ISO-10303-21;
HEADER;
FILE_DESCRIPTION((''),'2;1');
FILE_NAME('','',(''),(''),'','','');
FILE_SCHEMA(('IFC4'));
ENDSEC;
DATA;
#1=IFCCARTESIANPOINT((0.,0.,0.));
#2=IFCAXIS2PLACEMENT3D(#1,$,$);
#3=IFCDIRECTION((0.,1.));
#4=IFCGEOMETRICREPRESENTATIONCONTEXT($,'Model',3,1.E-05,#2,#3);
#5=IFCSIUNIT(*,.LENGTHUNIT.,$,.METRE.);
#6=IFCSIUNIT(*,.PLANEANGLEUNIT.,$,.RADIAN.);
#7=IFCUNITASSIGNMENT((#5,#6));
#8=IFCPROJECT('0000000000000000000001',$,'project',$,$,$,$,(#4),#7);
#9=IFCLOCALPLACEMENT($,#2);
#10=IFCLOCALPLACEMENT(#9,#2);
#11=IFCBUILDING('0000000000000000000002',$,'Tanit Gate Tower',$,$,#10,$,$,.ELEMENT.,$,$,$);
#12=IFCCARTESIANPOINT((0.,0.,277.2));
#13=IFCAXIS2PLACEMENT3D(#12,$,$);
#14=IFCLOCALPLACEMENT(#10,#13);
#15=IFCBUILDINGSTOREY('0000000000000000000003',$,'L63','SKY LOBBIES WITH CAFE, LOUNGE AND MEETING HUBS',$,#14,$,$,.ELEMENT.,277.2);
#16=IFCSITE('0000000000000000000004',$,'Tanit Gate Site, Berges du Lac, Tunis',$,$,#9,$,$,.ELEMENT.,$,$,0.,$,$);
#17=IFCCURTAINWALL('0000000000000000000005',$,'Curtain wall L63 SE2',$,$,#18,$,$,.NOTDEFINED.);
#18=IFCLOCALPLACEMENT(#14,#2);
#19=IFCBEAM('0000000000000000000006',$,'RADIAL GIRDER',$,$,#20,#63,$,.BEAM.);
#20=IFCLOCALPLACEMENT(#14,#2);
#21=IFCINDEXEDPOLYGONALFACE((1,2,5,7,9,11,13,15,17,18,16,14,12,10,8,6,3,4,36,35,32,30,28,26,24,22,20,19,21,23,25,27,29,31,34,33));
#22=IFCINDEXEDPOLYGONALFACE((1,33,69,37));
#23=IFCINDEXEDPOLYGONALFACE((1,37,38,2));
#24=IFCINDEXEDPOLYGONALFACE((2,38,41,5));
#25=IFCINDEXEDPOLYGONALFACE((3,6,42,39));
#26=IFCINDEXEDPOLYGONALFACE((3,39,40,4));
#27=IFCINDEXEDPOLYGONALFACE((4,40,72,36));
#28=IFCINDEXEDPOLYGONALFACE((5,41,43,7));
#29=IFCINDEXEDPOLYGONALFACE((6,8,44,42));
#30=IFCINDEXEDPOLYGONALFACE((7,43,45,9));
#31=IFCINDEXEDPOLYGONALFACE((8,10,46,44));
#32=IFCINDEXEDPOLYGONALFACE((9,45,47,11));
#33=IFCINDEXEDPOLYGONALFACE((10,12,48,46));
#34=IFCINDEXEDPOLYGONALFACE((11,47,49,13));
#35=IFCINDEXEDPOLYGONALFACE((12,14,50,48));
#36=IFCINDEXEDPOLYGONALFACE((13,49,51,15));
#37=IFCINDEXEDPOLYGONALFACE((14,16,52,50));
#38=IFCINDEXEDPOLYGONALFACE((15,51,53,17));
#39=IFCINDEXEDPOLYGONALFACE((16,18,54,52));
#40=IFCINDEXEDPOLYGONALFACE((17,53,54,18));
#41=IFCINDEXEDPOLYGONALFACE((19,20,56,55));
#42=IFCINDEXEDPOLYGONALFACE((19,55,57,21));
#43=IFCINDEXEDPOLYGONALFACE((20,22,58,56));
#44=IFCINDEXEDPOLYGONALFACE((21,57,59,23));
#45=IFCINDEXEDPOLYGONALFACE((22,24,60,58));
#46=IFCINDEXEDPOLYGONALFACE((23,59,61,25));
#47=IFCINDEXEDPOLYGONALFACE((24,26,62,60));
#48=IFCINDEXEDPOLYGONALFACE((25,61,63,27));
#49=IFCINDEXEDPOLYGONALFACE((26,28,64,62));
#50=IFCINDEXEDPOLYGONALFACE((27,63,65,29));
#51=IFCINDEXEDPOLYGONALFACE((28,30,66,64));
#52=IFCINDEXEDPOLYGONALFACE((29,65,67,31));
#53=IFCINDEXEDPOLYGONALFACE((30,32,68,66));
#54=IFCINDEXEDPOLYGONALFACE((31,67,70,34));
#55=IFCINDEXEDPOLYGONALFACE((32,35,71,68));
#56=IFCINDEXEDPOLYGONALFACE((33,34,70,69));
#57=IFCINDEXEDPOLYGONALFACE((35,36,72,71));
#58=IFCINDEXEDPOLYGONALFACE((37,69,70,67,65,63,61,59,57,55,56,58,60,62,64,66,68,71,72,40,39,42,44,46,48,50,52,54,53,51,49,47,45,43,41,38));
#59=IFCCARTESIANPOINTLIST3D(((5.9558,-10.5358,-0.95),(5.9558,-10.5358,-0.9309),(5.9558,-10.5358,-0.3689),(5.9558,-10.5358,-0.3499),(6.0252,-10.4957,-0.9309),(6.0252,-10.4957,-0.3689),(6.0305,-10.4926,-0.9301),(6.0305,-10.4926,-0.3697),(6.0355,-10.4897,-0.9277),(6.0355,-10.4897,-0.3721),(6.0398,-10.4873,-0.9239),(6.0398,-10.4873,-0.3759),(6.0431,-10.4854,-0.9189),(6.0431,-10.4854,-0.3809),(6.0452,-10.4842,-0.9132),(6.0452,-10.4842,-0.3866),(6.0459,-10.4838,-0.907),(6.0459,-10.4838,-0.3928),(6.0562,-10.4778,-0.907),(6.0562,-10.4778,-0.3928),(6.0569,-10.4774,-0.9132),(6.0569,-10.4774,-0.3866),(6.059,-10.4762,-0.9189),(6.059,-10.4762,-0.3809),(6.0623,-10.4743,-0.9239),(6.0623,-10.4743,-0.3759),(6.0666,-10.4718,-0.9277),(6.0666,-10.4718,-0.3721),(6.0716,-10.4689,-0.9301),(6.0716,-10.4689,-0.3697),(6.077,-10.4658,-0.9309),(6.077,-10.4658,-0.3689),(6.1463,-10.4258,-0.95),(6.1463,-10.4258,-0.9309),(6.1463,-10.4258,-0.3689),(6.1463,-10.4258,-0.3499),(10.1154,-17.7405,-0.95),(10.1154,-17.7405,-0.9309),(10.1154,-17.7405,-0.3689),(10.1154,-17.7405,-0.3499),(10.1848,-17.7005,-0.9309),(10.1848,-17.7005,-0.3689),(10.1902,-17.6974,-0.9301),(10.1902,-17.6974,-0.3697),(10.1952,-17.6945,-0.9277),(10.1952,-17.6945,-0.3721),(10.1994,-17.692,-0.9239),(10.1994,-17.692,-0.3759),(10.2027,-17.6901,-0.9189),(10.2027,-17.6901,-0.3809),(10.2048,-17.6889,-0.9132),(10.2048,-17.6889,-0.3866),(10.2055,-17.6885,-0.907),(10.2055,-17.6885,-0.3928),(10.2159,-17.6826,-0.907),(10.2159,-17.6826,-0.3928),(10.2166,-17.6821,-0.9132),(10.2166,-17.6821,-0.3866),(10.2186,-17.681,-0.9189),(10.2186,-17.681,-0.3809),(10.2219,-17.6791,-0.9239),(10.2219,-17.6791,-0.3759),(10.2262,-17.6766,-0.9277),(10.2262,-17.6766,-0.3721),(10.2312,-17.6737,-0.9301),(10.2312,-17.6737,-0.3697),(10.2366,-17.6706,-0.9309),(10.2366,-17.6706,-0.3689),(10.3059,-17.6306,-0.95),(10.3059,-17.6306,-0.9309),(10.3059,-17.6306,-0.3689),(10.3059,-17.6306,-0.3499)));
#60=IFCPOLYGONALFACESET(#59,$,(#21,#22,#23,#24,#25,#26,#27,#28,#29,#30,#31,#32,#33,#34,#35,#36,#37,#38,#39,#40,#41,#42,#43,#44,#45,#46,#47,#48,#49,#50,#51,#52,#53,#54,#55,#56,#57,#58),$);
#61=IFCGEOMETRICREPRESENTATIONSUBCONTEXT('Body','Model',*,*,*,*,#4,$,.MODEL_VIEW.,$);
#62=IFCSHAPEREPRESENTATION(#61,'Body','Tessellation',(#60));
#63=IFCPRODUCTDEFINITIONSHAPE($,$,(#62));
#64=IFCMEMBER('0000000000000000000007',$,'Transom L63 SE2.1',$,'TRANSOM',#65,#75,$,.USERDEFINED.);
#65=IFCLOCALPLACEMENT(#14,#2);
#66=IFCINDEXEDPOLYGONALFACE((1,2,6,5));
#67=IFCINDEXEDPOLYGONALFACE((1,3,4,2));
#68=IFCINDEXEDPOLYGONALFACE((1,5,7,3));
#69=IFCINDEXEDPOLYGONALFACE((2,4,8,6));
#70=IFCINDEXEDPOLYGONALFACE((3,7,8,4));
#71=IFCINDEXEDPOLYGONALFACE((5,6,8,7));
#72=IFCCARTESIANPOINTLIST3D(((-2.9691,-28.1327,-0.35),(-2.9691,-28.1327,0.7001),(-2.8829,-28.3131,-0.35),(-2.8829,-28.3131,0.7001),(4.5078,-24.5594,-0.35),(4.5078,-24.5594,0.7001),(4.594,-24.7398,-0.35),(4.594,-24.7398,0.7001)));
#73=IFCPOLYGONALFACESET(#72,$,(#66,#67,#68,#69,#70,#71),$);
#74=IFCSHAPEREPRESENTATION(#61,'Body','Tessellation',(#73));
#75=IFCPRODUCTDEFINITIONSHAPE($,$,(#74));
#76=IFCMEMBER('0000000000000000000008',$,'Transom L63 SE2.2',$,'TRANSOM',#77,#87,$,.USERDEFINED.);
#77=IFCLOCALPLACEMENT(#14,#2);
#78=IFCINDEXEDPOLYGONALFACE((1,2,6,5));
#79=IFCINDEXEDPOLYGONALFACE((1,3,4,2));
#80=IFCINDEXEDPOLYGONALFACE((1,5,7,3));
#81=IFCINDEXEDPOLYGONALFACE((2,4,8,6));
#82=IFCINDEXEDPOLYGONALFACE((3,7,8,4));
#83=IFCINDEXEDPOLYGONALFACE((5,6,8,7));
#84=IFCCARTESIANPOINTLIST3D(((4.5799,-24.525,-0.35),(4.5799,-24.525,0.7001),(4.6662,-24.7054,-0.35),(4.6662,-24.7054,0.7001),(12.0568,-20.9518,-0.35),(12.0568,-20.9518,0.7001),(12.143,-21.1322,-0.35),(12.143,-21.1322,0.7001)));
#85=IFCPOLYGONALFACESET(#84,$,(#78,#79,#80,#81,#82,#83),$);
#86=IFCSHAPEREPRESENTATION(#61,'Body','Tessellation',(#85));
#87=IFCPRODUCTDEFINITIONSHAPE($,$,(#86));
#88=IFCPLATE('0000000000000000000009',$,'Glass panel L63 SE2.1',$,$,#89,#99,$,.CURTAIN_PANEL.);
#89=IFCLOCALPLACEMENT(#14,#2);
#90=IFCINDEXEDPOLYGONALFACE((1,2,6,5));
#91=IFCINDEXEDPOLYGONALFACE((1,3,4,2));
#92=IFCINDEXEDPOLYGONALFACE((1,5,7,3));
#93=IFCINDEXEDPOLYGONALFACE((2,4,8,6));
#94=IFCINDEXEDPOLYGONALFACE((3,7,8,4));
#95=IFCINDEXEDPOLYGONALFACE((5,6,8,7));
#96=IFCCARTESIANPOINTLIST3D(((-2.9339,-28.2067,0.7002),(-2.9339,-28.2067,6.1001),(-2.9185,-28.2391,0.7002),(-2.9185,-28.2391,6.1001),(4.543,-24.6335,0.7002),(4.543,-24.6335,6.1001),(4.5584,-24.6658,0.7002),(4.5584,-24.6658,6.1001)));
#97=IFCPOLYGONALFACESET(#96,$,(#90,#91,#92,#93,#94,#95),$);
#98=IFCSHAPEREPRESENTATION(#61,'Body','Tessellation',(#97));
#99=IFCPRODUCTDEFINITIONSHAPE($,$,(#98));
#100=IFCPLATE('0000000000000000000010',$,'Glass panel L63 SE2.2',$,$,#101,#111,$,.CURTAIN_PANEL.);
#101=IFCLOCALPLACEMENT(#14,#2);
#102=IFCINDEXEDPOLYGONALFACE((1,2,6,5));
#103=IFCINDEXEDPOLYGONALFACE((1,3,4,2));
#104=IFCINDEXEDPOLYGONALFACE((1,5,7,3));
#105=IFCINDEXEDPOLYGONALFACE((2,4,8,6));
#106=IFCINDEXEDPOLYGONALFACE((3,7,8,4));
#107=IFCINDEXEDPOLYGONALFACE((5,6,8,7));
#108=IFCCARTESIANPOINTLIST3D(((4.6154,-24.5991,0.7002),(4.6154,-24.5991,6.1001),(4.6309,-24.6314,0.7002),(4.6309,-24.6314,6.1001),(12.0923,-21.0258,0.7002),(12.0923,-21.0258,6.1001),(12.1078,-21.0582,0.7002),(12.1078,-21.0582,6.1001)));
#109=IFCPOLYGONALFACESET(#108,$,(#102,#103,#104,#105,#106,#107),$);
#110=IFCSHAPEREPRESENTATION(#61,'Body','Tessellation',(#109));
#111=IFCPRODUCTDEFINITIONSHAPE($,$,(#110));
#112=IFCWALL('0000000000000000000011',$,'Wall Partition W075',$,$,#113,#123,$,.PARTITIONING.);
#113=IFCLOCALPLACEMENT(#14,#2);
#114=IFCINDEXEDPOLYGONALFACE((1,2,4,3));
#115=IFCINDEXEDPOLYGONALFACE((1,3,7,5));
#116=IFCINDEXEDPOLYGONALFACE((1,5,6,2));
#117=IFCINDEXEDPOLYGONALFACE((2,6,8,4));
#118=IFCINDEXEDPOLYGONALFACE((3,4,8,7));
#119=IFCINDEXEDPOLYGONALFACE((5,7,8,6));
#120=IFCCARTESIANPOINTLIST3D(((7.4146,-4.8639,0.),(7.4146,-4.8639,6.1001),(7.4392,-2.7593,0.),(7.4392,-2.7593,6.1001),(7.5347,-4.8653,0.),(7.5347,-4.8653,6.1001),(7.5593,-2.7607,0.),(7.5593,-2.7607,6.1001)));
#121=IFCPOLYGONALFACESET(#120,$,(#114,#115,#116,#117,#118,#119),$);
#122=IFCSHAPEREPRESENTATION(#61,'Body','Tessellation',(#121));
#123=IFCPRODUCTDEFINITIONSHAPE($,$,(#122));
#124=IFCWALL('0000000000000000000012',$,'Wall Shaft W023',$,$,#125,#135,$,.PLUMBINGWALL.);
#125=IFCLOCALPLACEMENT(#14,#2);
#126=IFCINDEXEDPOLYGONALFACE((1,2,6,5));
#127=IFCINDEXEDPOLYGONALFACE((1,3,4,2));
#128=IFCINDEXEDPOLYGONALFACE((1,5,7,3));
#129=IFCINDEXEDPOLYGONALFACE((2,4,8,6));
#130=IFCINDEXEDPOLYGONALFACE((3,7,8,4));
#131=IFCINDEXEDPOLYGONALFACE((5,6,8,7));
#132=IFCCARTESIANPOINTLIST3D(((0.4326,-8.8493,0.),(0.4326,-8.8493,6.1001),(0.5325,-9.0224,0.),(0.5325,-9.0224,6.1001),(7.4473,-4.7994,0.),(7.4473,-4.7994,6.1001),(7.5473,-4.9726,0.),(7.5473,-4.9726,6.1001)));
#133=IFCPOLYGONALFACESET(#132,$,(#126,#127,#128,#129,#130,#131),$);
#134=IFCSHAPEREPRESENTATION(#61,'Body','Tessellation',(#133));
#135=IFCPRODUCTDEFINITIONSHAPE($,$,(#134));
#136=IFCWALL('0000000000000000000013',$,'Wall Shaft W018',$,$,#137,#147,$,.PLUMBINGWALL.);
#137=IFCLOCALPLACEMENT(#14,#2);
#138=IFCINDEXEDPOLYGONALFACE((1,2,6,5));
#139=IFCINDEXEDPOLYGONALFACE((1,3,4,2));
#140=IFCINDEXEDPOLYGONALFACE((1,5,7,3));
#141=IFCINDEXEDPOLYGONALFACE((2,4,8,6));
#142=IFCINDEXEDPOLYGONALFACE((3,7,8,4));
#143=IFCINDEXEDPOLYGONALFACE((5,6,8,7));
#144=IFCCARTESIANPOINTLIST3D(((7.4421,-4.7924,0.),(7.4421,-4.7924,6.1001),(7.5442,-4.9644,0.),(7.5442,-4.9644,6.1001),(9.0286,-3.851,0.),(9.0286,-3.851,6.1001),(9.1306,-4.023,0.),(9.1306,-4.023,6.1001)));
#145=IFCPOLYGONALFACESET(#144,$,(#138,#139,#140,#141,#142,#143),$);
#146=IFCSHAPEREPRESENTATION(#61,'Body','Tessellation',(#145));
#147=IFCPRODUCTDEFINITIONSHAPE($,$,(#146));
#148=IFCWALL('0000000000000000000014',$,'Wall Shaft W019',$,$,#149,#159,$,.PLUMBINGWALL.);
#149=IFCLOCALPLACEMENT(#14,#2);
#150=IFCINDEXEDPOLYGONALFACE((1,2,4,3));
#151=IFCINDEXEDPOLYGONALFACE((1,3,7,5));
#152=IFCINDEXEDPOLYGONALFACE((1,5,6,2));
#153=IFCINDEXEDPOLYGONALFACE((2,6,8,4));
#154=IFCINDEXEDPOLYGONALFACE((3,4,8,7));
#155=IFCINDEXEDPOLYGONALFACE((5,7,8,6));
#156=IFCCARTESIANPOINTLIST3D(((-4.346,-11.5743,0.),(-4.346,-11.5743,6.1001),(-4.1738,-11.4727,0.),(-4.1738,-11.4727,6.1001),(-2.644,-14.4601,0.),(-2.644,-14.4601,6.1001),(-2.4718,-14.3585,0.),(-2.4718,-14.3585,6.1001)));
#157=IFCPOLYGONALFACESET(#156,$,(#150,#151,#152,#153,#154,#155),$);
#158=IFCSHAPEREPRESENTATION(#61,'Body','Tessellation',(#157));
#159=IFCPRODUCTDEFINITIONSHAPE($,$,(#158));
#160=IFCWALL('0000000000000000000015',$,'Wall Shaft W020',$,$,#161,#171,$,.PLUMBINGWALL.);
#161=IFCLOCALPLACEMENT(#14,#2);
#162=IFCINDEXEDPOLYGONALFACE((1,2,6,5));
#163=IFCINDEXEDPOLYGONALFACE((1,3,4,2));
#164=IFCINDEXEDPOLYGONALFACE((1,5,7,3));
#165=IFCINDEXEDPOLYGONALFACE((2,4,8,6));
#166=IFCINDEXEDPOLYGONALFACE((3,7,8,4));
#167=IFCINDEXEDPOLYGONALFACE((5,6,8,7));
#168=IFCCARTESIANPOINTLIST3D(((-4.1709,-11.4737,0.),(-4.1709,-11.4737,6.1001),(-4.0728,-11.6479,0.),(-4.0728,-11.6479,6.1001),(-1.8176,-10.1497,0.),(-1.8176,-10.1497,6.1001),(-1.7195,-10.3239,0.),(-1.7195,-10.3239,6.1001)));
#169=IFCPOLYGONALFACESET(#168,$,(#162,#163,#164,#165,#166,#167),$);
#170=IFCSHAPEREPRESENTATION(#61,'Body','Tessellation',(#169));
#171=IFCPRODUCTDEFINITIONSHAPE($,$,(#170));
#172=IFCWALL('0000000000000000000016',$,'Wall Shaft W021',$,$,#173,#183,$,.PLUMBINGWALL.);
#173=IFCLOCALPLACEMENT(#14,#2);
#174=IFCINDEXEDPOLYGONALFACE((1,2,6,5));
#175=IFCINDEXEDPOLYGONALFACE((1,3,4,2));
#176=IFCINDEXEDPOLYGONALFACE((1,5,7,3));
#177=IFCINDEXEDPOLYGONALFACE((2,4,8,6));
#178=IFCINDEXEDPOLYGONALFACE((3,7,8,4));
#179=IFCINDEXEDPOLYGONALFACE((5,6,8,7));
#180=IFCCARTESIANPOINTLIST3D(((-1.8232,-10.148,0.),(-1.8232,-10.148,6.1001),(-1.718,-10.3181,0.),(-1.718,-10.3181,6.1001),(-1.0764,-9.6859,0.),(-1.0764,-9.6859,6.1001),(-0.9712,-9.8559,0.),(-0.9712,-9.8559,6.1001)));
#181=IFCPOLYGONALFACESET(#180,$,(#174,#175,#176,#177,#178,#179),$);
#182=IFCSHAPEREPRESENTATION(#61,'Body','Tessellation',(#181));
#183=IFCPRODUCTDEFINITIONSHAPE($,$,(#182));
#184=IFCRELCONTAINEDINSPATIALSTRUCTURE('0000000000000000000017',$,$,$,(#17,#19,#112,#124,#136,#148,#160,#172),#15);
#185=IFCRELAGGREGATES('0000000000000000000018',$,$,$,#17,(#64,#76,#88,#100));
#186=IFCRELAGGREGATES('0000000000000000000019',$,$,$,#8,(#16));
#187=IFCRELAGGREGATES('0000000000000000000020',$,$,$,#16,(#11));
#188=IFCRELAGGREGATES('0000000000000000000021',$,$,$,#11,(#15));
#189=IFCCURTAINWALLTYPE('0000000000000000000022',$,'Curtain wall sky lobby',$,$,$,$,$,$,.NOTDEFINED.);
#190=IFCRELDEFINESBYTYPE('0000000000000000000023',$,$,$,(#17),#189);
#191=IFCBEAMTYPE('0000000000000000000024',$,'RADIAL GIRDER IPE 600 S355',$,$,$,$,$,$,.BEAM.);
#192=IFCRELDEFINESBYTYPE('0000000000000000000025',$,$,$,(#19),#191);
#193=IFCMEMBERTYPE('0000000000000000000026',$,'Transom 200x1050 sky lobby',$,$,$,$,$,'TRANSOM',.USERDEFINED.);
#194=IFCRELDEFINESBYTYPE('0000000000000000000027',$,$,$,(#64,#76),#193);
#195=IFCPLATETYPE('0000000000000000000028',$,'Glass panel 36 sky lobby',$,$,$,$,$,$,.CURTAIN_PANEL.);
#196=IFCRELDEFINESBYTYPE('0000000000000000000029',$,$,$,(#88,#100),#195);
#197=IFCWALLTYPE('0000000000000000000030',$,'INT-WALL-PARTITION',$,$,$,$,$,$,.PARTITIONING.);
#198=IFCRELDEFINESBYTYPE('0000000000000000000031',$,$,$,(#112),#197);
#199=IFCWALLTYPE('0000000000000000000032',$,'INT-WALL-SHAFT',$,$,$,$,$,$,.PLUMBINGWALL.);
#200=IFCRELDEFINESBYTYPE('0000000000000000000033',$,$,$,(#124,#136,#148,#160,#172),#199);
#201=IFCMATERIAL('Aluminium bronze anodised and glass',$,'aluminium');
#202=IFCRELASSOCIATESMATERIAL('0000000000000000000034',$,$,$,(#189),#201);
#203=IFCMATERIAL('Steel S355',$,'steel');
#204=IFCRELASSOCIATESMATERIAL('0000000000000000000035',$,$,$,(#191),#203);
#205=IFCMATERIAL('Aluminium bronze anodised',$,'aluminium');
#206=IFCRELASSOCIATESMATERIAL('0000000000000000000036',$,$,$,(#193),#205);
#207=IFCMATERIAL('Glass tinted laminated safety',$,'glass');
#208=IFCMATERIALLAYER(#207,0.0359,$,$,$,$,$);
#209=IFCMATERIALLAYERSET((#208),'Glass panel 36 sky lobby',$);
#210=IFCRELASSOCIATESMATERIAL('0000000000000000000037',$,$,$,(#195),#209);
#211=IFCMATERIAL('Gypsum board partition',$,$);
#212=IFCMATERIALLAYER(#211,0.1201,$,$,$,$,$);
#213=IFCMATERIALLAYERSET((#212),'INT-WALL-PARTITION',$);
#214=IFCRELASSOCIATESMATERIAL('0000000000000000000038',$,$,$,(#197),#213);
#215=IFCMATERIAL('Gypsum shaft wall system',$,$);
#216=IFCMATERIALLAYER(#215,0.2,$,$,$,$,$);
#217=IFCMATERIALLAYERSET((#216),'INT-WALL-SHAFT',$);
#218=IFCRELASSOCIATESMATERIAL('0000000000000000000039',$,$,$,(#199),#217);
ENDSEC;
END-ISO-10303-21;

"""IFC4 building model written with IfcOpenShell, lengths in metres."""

from ifc_helpers import new_model, si_unit, direction, frame, frame_2d, origin, origin_2d, place, context, subcontext, project, spatial, rectangle, i_section, extrude, material, layer, layer_set, material_profile, profile_set, type_object, element, aggregate, save


model = new_model("IFC4")

# Units and contexts
model_context = context("Model", 3, precision=1e-05, world=origin(), true_north=direction((0.0, 1.0)))
body_context = subcontext(model_context, "Body", "Model", "MODEL_VIEW")
ifc_project = project(units=[si_unit("LENGTHUNIT", "METRE"), si_unit("PLANEANGLEUNIT", "RADIAN")], contexts=[model_context])

# Site, building, storey
site_placement = place(None, origin())
site = spatial("IfcSite", under=ifc_project, at=site_placement, Name="Tanit Gate Site, Berges du Lac, Tunis", CompositionType="ELEMENT", RefElevation=0.0)
building_placement = place(site_placement, origin())
building = spatial("IfcBuilding", under=site, at=building_placement, Name="Tanit Gate Tower", CompositionType="ELEMENT")
storey_placement = place(building_placement, frame((0.0, 0.0, 277.2)))
storey = spatial("IfcBuildingStorey", under=building, at=storey_placement, Name="L63", Description="SKY LOBBIES WITH CAFE, LOUNGE AND MEETING HUBS", CompositionType="ELEMENT", Elevation=277.2)

# Shared definitions
ifc_material_1 = material(Name="Aluminium bronze anodised and glass", Category="aluminium")
curtain_wall_type = type_object("IfcCurtainWallType", Name="Curtain wall sky lobby", PredefinedType="NOTDEFINED", material=ifc_material_1)

# Curtain wall
curtain_wall_1_placement = place(storey_placement, origin())
curtain_wall_1 = element("IfcCurtainWall", 1, at=curtain_wall_1_placement, inside=storey, type_object=curtain_wall_type, Name="Curtain wall L63 SE2", PredefinedType="NOTDEFINED")

# Beam
ifc_material_2 = material(Name="Steel S355", Category="steel")
ifc_material_profile_1 = material_profile(ifc_material_2, i_section(OverallWidth=0.22, OverallDepth=0.6001, WebThickness=0.012, FlangeThickness=0.019, FilletRadius=0.0239, at=origin_2d()), Name="IPE 600")
ifc_profile_set_1 = profile_set([ifc_material_profile_1], Name="Steel S355")
beam_type = type_object("IfcBeamType", Name="RADIAL GIRDER IPE 600 S355", PredefinedType="BEAM", material=ifc_profile_set_1)
beam_1_placement = place(storey_placement, frame((10.2107, -17.6855, -0.6499), z_axis=(-0.499996, 0.866028, 0.0), x_axis=(-0.866028, -0.499996, 0.0)))
element("IfcBeam", 2, at=beam_1_placement, inside=storey, type_object=beam_type, Name="RADIAL GIRDER", PredefinedType="BEAM", context=body_context, shape_type="SweptSolid", body=[
    extrude(i_section(OverallWidth=0.22, OverallDepth=0.6001, WebThickness=0.012, FlangeThickness=0.019, FilletRadius=0.0239, at=origin_2d()), origin(), (0.0, 0.0, 1.0), 8.3193),
])

# Members
ifc_material_3 = material(Name="Aluminium bronze anodised", Category="aluminium")
ifc_material_profile_2 = material_profile(ifc_material_3, rectangle(XDim=0.2, YDim=1.05, at=origin_2d()), Name="200x1050 bronze transom")
ifc_profile_set_2 = profile_set([ifc_material_profile_2], Name="Aluminium bronze anodised")
member_type_1 = type_object("IfcMemberType", Name="Transom 200x1050 sky lobby", ElementType="TRANSOM", PredefinedType="USERDEFINED", material=ifc_profile_set_2)
member_1_placement = place(storey_placement, frame((-2.926, -28.2229, 0.175), z_axis=(0.902257, 0.431198, 0.0), x_axis=(-0.431198, 0.902257, 0.0)))
member_1 = element("IfcMember", 3, at=member_1_placement, type_object=member_type_1, Name="Transom L63 SE2.1", ObjectType="TRANSOM", PredefinedType="USERDEFINED", context=body_context, shape_type="SweptSolid", body=[
    extrude(rectangle(XDim=0.2, YDim=1.05, at=origin_2d()), origin(), (0.0, 0.0, 1.0), 8.2869),
])
member_2_placement = place(storey_placement, frame((4.623, -24.6152, 0.175), z_axis=(0.902257, 0.431198, 0.0), x_axis=(-0.431198, 0.902257, 0.0)))
member_2 = element("IfcMember", 4, at=member_2_placement, type_object=member_type_1, Name="Transom L63 SE2.2", ObjectType="TRANSOM", PredefinedType="USERDEFINED", context=body_context, shape_type="SweptSolid", body=[
    extrude(rectangle(XDim=0.2, YDim=1.05, at=origin_2d()), origin(), (0.0, 0.0, 1.0), 8.2869),
])

# Plates
ifc_material_4 = material(Name="Glass tinted laminated safety", Category="glass")
ifc_layer_1 = layer(ifc_material_4, 0.0359)
ifc_layer_set_1 = layer_set([ifc_layer_1], Name="Glass panel 36 sky lobby")
plate_type = type_object("IfcPlateType", Name="Glass panel 36 sky lobby", PredefinedType="CURTAIN_PANEL", material=ifc_layer_set_1)
plate_1_placement = place(storey_placement, frame((0.8123, -26.4363, 0.7002), z_axis=(0.0, 0.0, 1.0), x_axis=(0.902258, 0.431197, 0.0)))
plate_1 = element("IfcPlate", 5, at=plate_1_placement, type_object=plate_type, Name="Glass panel L63 SE2.1", PredefinedType="CURTAIN_PANEL", context=body_context, shape_type="SweptSolid", body=[
    extrude(rectangle(XDim=8.2869, YDim=0.0359, at=origin_2d()), origin(), (0.0, 0.0, 1.0), 5.3999),
])
plate_2_placement = place(storey_placement, frame((8.3616, -22.8286, 0.7002), z_axis=(0.0, 0.0, 1.0), x_axis=(0.902258, 0.431197, 0.0)))
plate_2 = element("IfcPlate", 6, at=plate_2_placement, type_object=plate_type, Name="Glass panel L63 SE2.2", PredefinedType="CURTAIN_PANEL", context=body_context, shape_type="SweptSolid", body=[
    extrude(rectangle(XDim=8.2869, YDim=0.0359, at=origin_2d()), origin(), (0.0, 0.0, 1.0), 5.3999),
])
aggregate(curtain_wall_1, [member_1, member_2, plate_1, plate_2])

# Walls
ifc_material_5 = material(Name="Gypsum board partition")
ifc_layer_2 = layer(ifc_material_5, 0.1201)
ifc_layer_set_2 = layer_set([ifc_layer_2], Name="INT-WALL-PARTITION")
wall_type_1 = type_object("IfcWallType", Name="INT-WALL-PARTITION", PredefinedType="PARTITIONING", material=ifc_layer_set_2)
wall_1_placement = place(storey_placement, frame((7.4746, -4.8645, 0.0), z_axis=(0.0, 0.0, 1.0), x_axis=(0.011716, 0.999931, 0.0)))
element("IfcWall", 7, at=wall_1_placement, inside=storey, type_object=wall_type_1, Name="Wall Partition W075", PredefinedType="PARTITIONING", context=body_context, shape_type="SweptSolid", body=[
    extrude(rectangle(XDim=2.1047, YDim=0.1201, at=frame_2d((1.0522, 0.0))), origin(), (0.0, 0.0, 1.0), 6.1001),
])
ifc_material_6 = material(Name="Gypsum shaft wall system")
ifc_layer_3 = layer(ifc_material_6, 0.2)
ifc_layer_set_3 = layer_set([ifc_layer_3], Name="INT-WALL-SHAFT")
wall_type_2 = type_object("IfcWallType", Name="INT-WALL-SHAFT", PredefinedType="PLUMBINGWALL", material=ifc_layer_set_3)
wall_2_placement = place(storey_placement, frame((0.4827, -8.9358, 0.0), z_axis=(0.0, 0.0, 1.0), x_axis=(0.866031, 0.49999, 0.0)))
element("IfcWall", 8, at=wall_2_placement, inside=storey, type_object=wall_type_2, Name="Wall Shaft W023", PredefinedType="PLUMBINGWALL", context=body_context, shape_type="SweptSolid", body=[
    extrude(rectangle(XDim=8.0999, YDim=0.2, at=frame_2d((4.0498, 0.0))), origin(), (0.0, 0.0, 1.0), 6.1001),
])
wall_3_placement = place(storey_placement, frame((7.4932, -4.8784, 0.0), z_axis=(0.0, 0.0, 1.0), x_axis=(0.859982, 0.510325, 0.0)))
element("IfcWall", 9, at=wall_3_placement, inside=storey, type_object=wall_type_2, Name="Wall Shaft W018", PredefinedType="PLUMBINGWALL", context=body_context, shape_type="SweptSolid", body=[
    extrude(rectangle(XDim=1.8447, YDim=0.2, at=frame_2d((0.9224, 0.0))), origin(), (0.0, 0.0, 1.0), 6.1001),
])
wall_4_placement = place(storey_placement, frame((-2.5579, -14.4094, 0.0), z_axis=(0.0, 0.0, 1.0), x_axis=(-0.507997, 0.861359, 0.0)))
element("IfcWall", 10, at=wall_4_placement, inside=storey, type_object=wall_type_2, Name="Wall Shaft W019", PredefinedType="PLUMBINGWALL", context=body_context, shape_type="SweptSolid", body=[
    extrude(rectangle(XDim=3.3503, YDim=0.2, at=frame_2d((1.6753, 0.0))), origin(), (0.0, 0.0, 1.0), 6.1001),
])
wall_5_placement = place(storey_placement, frame((-1.7686, -10.2368, 0.0), z_axis=(0.0, 0.0, 1.0), x_axis=(-0.871534, -0.490334, 0.0)))
element("IfcWall", 11, at=wall_5_placement, inside=storey, type_object=wall_type_2, Name="Wall Shaft W020", PredefinedType="PLUMBINGWALL", context=body_context, shape_type="SweptSolid", body=[
    extrude(rectangle(XDim=2.7002, YDim=0.2, at=frame_2d((1.3501, 0.0))), origin(), (0.0, 0.0, 1.0), 6.1001),
])
wall_6_placement = place(storey_placement, frame((-1.0239, -9.771, 0.0), z_axis=(0.0, 0.0, 1.0), x_axis=(-0.850348, -0.526221, 0.0)))
element("IfcWall", 12, at=wall_6_placement, inside=storey, type_object=wall_type_2, Name="Wall Shaft W021", PredefinedType="PLUMBINGWALL", context=body_context, shape_type="SweptSolid", body=[
    extrude(rectangle(XDim=0.8782, YDim=0.2, at=frame_2d((0.439, 0.0))), origin(), (0.0, 0.0, 1.0), 6.1001),
])

save(model, "model.ifc")
